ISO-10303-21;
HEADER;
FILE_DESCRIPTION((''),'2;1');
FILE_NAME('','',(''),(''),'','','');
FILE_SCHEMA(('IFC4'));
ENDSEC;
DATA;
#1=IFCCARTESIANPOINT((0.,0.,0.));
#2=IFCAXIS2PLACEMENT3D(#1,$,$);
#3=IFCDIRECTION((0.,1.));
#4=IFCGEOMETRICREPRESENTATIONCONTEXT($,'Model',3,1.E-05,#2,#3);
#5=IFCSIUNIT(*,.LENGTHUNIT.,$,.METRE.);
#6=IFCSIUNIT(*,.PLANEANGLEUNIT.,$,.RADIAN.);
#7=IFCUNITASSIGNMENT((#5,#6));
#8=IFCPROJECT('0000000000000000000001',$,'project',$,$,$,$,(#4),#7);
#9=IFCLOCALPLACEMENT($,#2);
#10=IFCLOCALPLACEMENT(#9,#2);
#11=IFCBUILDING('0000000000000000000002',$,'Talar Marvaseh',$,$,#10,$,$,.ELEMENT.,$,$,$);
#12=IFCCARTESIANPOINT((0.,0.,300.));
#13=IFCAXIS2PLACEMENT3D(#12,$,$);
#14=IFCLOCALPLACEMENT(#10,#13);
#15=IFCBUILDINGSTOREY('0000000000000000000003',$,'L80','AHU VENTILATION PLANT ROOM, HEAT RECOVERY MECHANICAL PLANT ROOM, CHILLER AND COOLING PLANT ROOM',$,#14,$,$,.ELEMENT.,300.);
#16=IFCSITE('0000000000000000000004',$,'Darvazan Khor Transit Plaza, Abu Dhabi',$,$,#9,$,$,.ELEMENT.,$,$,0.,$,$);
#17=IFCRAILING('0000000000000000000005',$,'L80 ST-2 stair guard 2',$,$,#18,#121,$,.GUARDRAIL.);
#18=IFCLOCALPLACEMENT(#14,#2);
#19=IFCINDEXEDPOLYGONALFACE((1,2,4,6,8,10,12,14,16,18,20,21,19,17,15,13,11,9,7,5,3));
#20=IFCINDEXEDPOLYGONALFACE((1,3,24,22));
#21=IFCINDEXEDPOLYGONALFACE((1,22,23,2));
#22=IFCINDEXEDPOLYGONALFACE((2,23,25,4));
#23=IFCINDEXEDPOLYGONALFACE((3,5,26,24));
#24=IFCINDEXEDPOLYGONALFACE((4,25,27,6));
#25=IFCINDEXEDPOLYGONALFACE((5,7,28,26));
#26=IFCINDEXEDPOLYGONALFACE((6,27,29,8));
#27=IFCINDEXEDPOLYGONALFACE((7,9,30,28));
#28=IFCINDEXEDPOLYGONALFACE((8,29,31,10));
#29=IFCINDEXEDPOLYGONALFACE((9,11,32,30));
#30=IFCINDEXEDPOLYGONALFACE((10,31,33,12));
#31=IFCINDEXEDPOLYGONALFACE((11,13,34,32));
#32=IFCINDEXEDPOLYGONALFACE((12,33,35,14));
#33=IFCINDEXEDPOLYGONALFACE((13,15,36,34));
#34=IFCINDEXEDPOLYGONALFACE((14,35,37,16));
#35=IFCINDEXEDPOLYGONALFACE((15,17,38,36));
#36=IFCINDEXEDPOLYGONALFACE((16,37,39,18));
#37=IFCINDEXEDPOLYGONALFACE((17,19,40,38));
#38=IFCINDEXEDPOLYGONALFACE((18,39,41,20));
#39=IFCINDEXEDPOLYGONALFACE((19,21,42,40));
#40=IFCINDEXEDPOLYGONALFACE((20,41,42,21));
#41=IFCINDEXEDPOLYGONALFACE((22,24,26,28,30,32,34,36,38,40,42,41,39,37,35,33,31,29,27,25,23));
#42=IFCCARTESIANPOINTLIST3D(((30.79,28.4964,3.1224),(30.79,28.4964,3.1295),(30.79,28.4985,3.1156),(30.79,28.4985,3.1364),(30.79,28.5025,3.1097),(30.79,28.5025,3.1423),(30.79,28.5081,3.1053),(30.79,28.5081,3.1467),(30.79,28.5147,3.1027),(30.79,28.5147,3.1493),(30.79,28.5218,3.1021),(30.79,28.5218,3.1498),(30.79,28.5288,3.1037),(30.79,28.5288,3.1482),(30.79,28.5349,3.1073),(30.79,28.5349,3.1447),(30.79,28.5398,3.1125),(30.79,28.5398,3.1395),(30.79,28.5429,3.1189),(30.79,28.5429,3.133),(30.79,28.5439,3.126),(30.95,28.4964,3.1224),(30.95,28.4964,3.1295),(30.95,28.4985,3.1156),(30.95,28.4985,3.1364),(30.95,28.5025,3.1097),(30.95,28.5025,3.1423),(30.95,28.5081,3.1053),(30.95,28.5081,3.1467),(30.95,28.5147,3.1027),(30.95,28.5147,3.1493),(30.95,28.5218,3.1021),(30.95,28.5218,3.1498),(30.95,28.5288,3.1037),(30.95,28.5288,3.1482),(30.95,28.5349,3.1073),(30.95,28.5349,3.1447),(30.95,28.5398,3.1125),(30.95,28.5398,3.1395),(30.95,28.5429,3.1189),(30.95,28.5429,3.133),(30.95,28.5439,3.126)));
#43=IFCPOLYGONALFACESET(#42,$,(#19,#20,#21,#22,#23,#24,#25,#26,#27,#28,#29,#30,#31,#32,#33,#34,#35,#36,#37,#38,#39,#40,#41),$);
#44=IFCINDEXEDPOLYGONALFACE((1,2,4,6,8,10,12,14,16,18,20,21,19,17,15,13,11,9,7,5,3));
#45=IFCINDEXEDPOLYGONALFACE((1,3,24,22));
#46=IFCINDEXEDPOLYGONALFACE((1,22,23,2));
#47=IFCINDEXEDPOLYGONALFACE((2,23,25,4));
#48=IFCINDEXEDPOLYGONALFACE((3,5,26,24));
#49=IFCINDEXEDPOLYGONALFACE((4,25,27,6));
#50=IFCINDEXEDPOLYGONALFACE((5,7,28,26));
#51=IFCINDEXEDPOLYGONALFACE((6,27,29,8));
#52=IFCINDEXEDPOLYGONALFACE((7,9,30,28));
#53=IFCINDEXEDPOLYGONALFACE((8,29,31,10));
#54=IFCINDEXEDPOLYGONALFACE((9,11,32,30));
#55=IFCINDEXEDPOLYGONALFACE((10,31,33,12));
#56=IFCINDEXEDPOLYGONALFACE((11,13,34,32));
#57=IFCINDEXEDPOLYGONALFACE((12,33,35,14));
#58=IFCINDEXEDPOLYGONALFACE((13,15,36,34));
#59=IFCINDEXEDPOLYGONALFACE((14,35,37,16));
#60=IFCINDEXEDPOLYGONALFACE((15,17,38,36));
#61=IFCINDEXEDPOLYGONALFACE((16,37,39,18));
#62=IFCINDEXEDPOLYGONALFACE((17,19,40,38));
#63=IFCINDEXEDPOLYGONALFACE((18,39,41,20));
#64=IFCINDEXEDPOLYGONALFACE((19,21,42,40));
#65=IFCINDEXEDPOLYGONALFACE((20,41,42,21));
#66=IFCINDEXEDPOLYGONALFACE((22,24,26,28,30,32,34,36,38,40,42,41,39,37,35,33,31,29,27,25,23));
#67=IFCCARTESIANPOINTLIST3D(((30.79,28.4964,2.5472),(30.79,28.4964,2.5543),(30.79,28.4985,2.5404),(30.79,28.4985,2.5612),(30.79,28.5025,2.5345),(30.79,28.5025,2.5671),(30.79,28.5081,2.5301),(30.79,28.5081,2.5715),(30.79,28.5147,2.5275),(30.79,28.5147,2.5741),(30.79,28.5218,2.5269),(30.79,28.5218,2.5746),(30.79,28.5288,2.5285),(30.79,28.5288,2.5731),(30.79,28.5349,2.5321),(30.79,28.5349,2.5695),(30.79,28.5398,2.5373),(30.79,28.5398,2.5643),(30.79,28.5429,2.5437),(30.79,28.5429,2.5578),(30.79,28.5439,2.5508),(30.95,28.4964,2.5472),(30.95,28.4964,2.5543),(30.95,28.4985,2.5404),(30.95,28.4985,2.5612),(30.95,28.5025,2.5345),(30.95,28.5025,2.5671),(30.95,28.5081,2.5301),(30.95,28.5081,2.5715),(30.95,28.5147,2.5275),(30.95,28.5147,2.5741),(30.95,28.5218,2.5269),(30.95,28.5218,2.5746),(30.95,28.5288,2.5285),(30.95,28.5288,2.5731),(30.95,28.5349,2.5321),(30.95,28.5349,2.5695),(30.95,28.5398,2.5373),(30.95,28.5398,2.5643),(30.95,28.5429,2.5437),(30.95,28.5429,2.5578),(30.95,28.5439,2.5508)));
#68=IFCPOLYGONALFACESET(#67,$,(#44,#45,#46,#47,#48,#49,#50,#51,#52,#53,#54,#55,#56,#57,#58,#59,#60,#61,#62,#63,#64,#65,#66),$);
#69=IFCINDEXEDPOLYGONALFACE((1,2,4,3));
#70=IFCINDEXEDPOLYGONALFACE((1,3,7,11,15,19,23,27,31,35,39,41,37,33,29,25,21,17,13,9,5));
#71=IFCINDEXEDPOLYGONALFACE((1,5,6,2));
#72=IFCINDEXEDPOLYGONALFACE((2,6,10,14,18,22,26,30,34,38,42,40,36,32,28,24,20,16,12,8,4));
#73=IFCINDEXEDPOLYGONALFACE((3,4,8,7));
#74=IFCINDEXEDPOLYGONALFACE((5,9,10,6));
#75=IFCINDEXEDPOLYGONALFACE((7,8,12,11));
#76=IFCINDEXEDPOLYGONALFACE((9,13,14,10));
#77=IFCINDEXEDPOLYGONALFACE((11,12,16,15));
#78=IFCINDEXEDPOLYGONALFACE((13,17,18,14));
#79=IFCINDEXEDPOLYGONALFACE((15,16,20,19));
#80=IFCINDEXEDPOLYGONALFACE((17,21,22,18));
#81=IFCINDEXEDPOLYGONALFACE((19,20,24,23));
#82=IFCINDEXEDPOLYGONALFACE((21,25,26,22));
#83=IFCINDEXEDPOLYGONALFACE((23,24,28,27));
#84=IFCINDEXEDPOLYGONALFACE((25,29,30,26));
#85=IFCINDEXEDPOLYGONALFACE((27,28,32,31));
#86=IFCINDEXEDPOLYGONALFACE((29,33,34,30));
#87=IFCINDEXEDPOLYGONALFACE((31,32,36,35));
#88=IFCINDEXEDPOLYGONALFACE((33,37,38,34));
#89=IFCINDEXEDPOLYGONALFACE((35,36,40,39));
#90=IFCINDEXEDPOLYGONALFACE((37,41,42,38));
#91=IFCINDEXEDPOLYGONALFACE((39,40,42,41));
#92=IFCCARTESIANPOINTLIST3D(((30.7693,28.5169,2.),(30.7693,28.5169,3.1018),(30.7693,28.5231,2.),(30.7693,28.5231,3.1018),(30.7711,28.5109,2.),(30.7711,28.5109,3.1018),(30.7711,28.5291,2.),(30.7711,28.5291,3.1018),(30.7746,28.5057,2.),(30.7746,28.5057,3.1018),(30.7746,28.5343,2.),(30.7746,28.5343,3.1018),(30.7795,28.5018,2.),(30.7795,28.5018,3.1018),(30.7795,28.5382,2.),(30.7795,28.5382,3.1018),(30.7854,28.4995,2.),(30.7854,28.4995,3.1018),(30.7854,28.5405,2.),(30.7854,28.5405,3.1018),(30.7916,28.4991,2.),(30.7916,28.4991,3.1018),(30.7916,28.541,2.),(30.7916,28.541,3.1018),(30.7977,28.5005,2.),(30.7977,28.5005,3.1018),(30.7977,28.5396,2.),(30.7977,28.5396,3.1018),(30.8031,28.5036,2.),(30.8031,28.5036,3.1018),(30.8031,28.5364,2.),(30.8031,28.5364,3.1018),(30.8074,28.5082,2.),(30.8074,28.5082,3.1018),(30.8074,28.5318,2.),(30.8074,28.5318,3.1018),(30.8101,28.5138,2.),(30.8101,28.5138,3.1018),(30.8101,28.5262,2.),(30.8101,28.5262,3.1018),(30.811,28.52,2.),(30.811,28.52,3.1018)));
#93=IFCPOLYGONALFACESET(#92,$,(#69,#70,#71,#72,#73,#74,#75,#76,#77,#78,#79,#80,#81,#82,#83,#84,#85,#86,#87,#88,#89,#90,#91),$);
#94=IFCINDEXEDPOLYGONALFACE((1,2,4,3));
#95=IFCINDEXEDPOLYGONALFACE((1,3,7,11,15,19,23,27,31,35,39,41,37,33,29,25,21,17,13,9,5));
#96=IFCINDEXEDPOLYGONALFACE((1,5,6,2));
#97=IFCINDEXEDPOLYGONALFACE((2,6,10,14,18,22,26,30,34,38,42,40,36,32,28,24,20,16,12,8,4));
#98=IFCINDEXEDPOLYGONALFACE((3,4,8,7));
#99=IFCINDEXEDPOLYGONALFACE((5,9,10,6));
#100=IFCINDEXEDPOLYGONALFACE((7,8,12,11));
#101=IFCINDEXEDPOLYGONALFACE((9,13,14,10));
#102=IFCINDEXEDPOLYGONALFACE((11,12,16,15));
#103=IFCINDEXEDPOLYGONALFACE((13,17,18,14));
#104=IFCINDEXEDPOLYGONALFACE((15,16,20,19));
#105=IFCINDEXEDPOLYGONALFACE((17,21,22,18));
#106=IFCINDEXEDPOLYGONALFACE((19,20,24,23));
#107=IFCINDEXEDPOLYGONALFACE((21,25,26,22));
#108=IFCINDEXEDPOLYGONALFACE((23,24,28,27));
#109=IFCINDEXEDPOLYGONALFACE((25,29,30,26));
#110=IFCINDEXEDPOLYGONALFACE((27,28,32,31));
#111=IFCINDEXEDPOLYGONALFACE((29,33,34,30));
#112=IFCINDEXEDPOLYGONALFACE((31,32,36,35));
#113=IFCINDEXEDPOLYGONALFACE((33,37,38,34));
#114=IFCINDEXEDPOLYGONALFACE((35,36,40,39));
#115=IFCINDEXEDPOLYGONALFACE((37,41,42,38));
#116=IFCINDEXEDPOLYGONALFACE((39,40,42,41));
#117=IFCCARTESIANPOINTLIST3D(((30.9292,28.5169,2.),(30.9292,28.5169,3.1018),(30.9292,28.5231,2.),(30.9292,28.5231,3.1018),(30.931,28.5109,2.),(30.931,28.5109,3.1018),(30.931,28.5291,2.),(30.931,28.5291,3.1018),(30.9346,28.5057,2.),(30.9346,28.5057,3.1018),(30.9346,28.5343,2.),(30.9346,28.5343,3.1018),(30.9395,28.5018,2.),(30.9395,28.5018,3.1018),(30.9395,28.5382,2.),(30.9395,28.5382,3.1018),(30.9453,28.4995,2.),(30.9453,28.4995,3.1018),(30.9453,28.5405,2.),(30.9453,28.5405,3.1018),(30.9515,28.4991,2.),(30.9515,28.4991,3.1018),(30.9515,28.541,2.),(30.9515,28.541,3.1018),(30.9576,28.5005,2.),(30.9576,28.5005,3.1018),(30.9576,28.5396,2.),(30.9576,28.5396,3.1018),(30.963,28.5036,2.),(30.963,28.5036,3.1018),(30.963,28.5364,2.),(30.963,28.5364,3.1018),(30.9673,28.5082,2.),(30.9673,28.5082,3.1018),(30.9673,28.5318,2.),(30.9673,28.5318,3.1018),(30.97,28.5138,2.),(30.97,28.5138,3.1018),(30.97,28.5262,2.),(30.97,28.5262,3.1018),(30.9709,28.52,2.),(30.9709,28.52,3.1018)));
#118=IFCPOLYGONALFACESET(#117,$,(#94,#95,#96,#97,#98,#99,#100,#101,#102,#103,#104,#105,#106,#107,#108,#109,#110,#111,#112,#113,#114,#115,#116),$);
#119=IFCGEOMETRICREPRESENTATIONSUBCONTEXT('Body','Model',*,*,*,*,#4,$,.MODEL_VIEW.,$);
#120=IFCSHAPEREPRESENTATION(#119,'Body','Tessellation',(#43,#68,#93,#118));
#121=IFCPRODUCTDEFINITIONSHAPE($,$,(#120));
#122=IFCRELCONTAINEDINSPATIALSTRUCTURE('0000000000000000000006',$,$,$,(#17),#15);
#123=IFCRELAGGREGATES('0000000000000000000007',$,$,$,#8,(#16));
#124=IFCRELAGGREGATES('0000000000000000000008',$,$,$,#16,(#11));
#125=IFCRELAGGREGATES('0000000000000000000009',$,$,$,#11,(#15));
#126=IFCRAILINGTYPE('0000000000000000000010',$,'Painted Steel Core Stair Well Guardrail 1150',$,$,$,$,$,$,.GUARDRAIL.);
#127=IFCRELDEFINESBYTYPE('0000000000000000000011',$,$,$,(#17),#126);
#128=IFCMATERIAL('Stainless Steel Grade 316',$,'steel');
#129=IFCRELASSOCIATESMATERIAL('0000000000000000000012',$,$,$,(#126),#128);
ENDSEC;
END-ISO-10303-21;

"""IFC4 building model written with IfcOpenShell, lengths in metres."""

from ifc_helpers import new_model, si_unit, direction, frame, origin, origin_2d, place, context, subcontext, project, spatial, circle, extrude, material, type_object, element, save


model = new_model("IFC4")

# Units and contexts
model_context = context("Model", 3, precision=1e-05, world=origin(), true_north=direction((0.0, 1.0)))
body_context = subcontext(model_context, "Body", "Model", "MODEL_VIEW")
ifc_project = project(units=[si_unit("LENGTHUNIT", "METRE"), si_unit("PLANEANGLEUNIT", "RADIAN")], contexts=[model_context])

# Site, building, storey
site_placement = place(None, origin())
site = spatial("IfcSite", under=ifc_project, at=site_placement, Name="Darvazan Khor Transit Plaza, Abu Dhabi", CompositionType="ELEMENT", RefElevation=0.0)
building_placement = place(site_placement, origin())
building = spatial("IfcBuilding", under=site, at=building_placement, Name="Talar Marvaseh", CompositionType="ELEMENT")
storey_placement = place(building_placement, frame((0.0, 0.0, 300.0)))
storey = spatial("IfcBuildingStorey", under=building, at=storey_placement, Name="L80", Description="AHU VENTILATION PLANT ROOM, HEAT RECOVERY MECHANICAL PLANT ROOM, CHILLER AND COOLING PLANT ROOM", CompositionType="ELEMENT", Elevation=300.0)

# Railing
ifc_material_1 = material(Name="Stainless Steel Grade 316", Category="steel")
railing_type_1 = type_object("IfcRailingType", Name="Painted Steel Core Stair Well Guardrail 1150", PredefinedType="GUARDRAIL", material=ifc_material_1)
railing_1_placement = place(storey_placement, frame((30.79, 28.52, 2.0)))
element("IfcRailing", 1, at=railing_1_placement, inside=storey, type_object=railing_type_1, Name="L80 ST-2 stair guard 2", PredefinedType="GUARDRAIL", context=body_context, shape_type="SweptSolid", body=[
    extrude(circle(Radius=0.0239, at=origin_2d()), frame((0.0, 0.0, 1.126), z_axis=(1.0, 0.0, 0.0), x_axis=(0.0, 1.0, 0.0)), (0.0, 0.0, 1.0), 0.1599),
    extrude(circle(Radius=0.0239, at=origin_2d()), frame((0.0, 0.0, 0.5508), z_axis=(1.0, 0.0, 0.0), x_axis=(0.0, 1.0, 0.0)), (0.0, 0.0, 1.0), 0.1599),
    extrude(circle(Radius=0.021, at=origin_2d()), origin(), (0.0, 0.0, 1.0), 1.1018),
    extrude(circle(Radius=0.021, at=origin_2d()), frame((0.1599, 0.0, 0.0)), (0.0, 0.0, 1.0), 1.1018),
])

save(model, "model.ifc")
